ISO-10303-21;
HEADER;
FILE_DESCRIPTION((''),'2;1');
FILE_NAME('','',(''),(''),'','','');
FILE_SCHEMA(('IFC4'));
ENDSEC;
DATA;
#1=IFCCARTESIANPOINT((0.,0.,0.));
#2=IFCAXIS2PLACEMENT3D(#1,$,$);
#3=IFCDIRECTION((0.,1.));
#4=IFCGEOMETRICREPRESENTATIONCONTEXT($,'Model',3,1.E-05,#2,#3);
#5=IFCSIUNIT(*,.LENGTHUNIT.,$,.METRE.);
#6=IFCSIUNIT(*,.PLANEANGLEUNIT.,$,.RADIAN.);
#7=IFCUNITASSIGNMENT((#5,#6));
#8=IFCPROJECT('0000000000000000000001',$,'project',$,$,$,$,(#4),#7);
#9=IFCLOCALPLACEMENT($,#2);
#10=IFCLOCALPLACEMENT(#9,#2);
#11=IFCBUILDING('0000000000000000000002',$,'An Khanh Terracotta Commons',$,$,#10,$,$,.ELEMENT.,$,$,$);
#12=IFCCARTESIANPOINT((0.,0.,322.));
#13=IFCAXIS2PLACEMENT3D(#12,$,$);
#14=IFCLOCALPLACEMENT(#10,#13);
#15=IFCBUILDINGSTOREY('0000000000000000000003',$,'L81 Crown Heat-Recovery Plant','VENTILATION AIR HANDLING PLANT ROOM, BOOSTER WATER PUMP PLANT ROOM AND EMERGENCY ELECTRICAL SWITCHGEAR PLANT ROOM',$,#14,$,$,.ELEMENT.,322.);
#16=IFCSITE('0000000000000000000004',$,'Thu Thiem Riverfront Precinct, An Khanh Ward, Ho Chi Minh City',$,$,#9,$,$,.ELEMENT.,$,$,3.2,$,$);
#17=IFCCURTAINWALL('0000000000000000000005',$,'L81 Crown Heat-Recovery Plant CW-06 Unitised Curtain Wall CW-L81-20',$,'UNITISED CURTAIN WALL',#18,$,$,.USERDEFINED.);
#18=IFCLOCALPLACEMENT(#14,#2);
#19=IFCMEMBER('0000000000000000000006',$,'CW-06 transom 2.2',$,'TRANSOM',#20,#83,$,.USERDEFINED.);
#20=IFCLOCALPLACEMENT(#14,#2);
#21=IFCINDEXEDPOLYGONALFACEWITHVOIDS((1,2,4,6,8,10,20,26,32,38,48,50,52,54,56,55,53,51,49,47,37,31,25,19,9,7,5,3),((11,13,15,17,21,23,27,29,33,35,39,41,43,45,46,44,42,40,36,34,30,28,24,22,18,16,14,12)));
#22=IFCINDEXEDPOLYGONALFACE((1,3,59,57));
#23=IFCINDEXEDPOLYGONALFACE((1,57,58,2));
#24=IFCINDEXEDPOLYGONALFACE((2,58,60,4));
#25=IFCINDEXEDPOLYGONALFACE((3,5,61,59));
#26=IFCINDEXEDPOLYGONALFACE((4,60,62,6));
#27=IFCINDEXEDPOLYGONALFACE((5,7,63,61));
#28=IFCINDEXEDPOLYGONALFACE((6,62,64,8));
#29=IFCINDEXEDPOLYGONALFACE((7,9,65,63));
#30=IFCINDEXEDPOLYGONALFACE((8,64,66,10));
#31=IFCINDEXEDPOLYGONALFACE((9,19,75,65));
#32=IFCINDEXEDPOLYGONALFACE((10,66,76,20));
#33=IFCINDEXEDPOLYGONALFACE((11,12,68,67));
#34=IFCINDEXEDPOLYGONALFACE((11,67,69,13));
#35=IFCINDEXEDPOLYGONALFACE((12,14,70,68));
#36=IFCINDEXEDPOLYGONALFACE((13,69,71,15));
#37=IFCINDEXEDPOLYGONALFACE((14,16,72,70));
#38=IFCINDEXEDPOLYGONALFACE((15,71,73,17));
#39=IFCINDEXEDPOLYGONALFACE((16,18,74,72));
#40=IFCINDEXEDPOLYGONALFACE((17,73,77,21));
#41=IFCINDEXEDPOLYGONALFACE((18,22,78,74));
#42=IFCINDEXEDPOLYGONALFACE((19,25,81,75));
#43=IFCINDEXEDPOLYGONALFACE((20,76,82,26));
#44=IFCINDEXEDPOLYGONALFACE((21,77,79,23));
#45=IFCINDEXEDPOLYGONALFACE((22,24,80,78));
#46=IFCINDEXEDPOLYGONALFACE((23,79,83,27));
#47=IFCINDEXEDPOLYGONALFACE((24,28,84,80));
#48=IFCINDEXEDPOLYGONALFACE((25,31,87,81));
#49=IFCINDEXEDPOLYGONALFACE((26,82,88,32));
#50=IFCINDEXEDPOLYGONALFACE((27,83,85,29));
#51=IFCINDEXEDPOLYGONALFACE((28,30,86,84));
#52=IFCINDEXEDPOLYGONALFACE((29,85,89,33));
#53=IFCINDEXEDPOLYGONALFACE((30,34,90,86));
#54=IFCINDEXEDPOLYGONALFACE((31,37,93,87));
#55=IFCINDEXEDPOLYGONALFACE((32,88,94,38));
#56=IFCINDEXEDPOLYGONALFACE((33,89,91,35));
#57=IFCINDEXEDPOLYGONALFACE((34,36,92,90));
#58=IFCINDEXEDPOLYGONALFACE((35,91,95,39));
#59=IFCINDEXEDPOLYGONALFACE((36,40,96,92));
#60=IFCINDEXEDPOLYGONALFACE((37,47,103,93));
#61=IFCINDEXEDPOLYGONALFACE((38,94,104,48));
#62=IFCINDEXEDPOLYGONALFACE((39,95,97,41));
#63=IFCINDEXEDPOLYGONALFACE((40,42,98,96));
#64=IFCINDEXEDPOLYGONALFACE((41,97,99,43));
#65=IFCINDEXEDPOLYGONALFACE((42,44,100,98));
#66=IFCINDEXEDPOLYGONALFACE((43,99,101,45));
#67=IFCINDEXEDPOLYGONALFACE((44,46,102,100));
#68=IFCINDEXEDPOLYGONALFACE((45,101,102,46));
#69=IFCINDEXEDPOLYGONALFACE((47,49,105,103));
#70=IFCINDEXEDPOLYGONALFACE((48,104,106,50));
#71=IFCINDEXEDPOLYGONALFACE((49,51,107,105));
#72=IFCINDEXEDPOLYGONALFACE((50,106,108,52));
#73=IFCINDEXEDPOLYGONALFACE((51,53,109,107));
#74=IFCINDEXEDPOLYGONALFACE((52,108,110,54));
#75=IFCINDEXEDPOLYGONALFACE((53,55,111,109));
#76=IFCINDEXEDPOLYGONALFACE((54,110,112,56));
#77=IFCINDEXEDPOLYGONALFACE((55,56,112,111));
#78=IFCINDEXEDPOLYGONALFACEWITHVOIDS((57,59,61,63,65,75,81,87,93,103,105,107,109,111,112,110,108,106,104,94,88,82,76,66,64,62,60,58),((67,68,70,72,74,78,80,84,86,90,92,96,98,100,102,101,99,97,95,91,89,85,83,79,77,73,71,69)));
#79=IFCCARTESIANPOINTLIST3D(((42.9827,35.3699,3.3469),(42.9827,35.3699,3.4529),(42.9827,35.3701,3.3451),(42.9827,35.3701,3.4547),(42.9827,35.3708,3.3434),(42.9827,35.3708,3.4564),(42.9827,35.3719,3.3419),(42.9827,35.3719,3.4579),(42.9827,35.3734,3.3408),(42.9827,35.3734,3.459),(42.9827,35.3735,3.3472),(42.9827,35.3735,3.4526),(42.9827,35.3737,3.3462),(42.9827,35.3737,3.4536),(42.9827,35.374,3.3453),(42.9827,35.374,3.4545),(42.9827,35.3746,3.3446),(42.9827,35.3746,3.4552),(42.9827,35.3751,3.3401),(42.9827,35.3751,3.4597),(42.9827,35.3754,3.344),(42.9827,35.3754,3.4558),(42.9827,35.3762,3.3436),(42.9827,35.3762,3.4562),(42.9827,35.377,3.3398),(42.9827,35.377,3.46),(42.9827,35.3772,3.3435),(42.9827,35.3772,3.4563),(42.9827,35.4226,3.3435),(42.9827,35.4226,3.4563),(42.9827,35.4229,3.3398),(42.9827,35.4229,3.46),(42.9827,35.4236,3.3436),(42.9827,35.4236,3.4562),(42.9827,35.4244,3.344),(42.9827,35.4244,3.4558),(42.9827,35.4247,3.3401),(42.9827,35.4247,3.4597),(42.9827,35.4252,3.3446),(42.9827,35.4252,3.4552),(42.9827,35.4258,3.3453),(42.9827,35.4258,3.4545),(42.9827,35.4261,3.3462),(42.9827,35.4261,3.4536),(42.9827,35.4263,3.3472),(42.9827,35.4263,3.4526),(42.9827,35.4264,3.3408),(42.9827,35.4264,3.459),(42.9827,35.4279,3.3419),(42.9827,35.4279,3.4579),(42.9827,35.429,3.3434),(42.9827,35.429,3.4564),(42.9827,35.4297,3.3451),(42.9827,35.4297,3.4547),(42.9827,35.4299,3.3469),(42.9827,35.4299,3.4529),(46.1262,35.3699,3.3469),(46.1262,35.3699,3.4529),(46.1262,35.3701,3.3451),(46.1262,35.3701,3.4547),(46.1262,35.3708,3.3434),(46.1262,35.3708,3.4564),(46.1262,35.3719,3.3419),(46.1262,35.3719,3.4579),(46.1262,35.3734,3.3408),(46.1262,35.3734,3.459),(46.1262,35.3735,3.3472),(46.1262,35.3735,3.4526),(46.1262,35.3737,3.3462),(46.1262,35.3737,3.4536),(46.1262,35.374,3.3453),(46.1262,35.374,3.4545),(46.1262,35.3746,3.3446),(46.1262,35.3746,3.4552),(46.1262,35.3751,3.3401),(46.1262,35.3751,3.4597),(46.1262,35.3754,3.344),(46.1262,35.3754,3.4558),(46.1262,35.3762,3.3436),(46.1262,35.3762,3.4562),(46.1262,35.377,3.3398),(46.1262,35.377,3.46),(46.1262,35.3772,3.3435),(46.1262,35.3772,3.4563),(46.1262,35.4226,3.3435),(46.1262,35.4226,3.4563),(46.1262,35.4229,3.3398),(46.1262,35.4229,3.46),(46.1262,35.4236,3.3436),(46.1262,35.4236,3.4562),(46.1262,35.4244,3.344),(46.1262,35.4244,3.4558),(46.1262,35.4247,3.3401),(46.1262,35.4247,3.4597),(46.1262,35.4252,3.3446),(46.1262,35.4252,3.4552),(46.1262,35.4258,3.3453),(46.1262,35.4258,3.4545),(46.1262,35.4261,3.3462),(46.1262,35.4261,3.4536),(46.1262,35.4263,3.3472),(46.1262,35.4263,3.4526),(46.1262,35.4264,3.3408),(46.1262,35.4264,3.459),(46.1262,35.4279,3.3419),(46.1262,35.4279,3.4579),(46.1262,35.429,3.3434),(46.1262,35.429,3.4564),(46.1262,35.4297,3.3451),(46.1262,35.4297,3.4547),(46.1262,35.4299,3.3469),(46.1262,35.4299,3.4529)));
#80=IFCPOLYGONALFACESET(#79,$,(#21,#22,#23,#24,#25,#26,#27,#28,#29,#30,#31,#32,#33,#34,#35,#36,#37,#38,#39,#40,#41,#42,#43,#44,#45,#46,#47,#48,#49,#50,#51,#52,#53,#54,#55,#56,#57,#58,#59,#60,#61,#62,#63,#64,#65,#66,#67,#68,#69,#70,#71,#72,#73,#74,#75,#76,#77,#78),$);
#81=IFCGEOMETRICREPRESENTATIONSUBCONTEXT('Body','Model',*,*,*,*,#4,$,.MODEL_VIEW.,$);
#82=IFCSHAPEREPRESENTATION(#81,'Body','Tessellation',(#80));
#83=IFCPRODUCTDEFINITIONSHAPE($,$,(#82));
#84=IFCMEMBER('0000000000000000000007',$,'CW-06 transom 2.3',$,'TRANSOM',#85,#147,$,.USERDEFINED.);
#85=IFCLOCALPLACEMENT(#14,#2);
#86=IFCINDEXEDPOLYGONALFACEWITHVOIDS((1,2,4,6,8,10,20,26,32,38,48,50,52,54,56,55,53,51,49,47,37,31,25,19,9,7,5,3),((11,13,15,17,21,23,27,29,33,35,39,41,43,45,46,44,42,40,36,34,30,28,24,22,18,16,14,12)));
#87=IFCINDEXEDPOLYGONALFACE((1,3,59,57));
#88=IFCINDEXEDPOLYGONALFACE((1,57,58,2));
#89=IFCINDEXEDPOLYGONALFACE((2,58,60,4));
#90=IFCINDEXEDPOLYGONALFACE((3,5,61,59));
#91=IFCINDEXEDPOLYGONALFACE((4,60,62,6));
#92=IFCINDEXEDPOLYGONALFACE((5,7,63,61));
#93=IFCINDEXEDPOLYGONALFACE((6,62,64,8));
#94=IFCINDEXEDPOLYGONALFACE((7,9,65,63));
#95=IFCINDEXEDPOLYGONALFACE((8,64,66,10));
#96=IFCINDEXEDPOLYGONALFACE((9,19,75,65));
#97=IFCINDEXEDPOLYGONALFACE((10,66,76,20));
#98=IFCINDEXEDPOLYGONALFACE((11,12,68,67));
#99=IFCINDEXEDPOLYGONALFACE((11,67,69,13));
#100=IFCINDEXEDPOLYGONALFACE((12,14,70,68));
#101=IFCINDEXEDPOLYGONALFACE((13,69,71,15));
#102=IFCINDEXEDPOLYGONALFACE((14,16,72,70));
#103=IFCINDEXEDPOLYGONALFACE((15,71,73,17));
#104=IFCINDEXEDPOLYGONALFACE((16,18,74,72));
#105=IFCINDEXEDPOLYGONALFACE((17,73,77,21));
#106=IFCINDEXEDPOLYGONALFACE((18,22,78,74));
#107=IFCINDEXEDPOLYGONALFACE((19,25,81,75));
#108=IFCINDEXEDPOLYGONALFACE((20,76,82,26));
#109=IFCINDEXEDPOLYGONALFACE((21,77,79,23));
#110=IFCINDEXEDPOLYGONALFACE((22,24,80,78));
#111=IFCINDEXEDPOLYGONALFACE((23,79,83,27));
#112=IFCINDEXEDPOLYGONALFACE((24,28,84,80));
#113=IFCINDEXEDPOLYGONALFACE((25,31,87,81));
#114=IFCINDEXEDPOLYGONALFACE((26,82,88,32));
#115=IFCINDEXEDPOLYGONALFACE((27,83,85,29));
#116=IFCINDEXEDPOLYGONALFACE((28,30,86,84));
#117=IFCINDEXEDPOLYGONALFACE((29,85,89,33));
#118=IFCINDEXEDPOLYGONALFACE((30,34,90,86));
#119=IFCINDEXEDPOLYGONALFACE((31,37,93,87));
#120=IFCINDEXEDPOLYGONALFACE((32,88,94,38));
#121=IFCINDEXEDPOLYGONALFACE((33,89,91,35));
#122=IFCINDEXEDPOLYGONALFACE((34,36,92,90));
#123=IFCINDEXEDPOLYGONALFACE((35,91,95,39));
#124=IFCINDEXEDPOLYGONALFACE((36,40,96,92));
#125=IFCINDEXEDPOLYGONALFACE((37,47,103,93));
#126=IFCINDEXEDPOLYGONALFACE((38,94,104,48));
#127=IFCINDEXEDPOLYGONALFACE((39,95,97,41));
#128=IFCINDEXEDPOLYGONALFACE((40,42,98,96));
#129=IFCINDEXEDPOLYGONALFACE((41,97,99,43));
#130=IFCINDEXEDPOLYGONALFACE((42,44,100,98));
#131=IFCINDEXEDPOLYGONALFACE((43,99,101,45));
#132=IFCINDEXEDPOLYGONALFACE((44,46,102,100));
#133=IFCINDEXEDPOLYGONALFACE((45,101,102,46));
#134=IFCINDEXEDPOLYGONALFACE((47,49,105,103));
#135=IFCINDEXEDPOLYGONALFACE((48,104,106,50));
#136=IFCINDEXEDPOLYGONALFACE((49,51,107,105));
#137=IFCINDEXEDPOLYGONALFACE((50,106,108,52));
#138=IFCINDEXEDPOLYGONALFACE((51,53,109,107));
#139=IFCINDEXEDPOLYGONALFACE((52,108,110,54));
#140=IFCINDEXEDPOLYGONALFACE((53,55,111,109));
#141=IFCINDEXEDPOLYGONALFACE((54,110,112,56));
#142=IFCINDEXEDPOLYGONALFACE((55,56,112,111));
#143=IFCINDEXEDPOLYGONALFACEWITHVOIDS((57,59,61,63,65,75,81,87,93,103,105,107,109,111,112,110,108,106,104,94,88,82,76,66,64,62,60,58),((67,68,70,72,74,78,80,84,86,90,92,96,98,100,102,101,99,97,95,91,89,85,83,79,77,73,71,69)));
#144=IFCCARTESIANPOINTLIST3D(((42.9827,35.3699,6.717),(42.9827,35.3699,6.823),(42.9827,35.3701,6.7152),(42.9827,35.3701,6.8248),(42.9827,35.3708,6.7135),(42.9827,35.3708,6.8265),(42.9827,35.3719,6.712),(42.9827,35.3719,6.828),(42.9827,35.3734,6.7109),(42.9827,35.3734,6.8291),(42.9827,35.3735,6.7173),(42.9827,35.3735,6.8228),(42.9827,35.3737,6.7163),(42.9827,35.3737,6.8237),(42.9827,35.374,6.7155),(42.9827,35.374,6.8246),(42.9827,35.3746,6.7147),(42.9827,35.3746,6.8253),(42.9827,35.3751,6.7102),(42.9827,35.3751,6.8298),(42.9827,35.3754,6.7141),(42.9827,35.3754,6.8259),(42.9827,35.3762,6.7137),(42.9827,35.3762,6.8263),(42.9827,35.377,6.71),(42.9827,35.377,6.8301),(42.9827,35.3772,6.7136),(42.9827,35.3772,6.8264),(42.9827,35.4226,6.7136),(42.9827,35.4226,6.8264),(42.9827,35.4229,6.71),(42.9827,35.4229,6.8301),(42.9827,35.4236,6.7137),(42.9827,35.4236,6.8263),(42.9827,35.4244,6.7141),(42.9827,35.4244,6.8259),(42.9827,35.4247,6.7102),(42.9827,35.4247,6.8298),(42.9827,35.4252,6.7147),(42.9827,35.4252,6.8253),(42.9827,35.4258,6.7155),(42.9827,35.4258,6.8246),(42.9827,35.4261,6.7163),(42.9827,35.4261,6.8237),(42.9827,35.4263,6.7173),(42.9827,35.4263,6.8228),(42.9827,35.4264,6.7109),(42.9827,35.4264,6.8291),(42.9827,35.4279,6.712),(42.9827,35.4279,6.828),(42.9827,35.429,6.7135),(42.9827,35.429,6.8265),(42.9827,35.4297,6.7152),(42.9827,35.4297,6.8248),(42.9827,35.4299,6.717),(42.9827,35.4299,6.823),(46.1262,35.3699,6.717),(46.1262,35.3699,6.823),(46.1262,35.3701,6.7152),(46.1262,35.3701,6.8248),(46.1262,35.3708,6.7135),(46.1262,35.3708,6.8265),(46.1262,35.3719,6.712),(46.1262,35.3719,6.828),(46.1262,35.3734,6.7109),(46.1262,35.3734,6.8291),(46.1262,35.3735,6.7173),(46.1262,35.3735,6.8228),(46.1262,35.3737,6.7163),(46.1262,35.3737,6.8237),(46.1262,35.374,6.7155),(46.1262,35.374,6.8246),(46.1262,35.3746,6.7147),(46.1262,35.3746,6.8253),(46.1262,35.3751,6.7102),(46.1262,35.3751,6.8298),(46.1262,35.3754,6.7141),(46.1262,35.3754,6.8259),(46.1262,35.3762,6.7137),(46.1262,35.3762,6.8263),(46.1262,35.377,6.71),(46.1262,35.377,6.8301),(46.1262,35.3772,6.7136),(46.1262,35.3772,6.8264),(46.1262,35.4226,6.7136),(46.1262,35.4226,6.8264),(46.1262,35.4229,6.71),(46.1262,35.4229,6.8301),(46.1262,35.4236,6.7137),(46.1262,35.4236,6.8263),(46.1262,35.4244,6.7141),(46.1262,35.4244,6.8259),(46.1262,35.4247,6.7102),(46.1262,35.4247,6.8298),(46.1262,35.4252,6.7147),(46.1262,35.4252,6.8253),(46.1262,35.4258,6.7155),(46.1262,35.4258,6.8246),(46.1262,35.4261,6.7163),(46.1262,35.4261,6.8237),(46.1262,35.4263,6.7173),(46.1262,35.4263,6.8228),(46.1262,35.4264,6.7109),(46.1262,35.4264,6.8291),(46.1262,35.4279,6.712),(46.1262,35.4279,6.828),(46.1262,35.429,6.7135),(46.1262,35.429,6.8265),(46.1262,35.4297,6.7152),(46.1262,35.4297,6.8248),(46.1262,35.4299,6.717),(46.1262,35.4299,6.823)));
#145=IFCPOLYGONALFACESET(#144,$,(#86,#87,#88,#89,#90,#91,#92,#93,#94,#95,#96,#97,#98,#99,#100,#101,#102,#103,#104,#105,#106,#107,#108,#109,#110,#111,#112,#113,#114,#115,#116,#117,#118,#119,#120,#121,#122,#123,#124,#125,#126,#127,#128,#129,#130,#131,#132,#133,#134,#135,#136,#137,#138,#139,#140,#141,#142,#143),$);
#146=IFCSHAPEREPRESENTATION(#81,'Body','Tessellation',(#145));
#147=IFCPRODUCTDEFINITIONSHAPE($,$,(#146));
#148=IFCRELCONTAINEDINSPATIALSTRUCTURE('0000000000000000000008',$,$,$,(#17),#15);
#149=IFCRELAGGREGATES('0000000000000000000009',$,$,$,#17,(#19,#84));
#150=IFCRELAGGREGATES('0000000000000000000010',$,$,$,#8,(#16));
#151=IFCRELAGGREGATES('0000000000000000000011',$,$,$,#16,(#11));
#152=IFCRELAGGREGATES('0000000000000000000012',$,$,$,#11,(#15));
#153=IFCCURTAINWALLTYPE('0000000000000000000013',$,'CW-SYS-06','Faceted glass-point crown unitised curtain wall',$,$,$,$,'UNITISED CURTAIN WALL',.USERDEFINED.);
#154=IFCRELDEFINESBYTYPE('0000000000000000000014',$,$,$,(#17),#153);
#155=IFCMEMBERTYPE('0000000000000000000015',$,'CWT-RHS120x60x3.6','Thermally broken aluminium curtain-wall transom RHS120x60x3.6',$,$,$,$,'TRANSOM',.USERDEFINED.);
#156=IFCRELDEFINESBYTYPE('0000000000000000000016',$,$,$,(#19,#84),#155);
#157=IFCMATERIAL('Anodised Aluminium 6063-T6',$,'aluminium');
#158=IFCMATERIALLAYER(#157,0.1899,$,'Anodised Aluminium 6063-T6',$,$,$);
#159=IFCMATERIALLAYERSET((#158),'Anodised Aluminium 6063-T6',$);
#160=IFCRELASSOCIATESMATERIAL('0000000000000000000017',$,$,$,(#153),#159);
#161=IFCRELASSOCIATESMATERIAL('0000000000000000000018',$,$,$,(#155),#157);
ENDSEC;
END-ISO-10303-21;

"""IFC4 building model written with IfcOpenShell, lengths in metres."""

from ifc_helpers import new_model, si_unit, direction, frame, origin, origin_2d, place, context, subcontext, project, spatial, hollow_rectangle, extrude, material, layer, layer_set, material_profile, profile_set, type_object, element, aggregate, save


model = new_model("IFC4")

# Units and contexts
model_context = context("Model", 3, precision=1e-05, world=origin(), true_north=direction((0.0, 1.0)))
body_context = subcontext(model_context, "Body", "Model", "MODEL_VIEW")
ifc_project = project(units=[si_unit("LENGTHUNIT", "METRE"), si_unit("PLANEANGLEUNIT", "RADIAN")], contexts=[model_context])

# Site, building, storey
site_placement = place(None, origin())
site = spatial("IfcSite", under=ifc_project, at=site_placement, Name="Thu Thiem Riverfront Precinct, An Khanh Ward, Ho Chi Minh City", CompositionType="ELEMENT", RefElevation=3.2)
building_placement = place(site_placement, origin())
building = spatial("IfcBuilding", under=site, at=building_placement, Name="An Khanh Terracotta Commons", CompositionType="ELEMENT")
storey_placement = place(building_placement, frame((0.0, 0.0, 322.0)))
storey = spatial("IfcBuildingStorey", under=building, at=storey_placement, Name="L81 Crown Heat-Recovery Plant", Description="VENTILATION AIR HANDLING PLANT ROOM, BOOSTER WATER PUMP PLANT ROOM AND EMERGENCY ELECTRICAL SWITCHGEAR PLANT ROOM", CompositionType="ELEMENT", Elevation=322.0)

# Curtain wall, members
ifc_material_1 = material(Name="Anodised Aluminium 6063-T6", Category="aluminium")
ifc_layer_1 = layer(ifc_material_1, 0.1899, Name="Anodised Aluminium 6063-T6")
ifc_layer_set_1 = layer_set([ifc_layer_1], Name="Anodised Aluminium 6063-T6")
curtain_wall_type = type_object("IfcCurtainWallType", Name="CW-SYS-06", Description="Faceted glass-point crown unitised curtain wall", ElementType="UNITISED CURTAIN WALL", PredefinedType="USERDEFINED", material=ifc_layer_set_1)
curtain_wall_placement = place(storey_placement, origin())
curtain_wall = element("IfcCurtainWall", 1, at=curtain_wall_placement, inside=storey, type_object=curtain_wall_type, Name="L81 Crown Heat-Recovery Plant CW-06 Unitised Curtain Wall CW-L81-20", ObjectType="UNITISED CURTAIN WALL", PredefinedType="USERDEFINED")
ifc_material_profile_1 = material_profile(ifc_material_1, hollow_rectangle(XDim=0.0601, YDim=0.1201, WallThickness=0.0037, InnerFilletRadius=0.0037, OuterFilletRadius=0.0071, at=origin_2d()), Name="RHS120x60x3.6")
ifc_profile_set_1 = profile_set([ifc_material_profile_1], Name="Anodised Aluminium 6063-T6")
member_type_1 = type_object("IfcMemberType", Name="CWT-RHS120x60x3.6", Description="Thermally broken aluminium curtain-wall transom RHS120x60x3.6", ElementType="TRANSOM", PredefinedType="USERDEFINED", material=ifc_profile_set_1)
member_1_placement = place(storey_placement, frame((46.1262, 35.3999, 3.3999), z_axis=(-1.0, 0.0, 0.0), x_axis=(0.0, -1.0, 0.0)))
member_1 = element("IfcMember", 2, at=member_1_placement, type_object=member_type_1, Name="CW-06 transom 2.2", ObjectType="TRANSOM", PredefinedType="USERDEFINED", context=body_context, shape_type="SweptSolid", body=[
    extrude(hollow_rectangle(XDim=0.0601, YDim=0.1201, WallThickness=0.0037, InnerFilletRadius=0.0037, OuterFilletRadius=0.0071, at=origin_2d()), origin(), (0.0, 0.0, 1.0), 3.1436),
])
member_2_placement = place(storey_placement, frame((46.1262, 35.3999, 6.77), z_axis=(-1.0, 0.0, 0.0), x_axis=(0.0, -1.0, 0.0)))
member_2 = element("IfcMember", 3, at=member_2_placement, type_object=member_type_1, Name="CW-06 transom 2.3", ObjectType="TRANSOM", PredefinedType="USERDEFINED", context=body_context, shape_type="SweptSolid", body=[
    extrude(hollow_rectangle(XDim=0.0601, YDim=0.1201, WallThickness=0.0037, InnerFilletRadius=0.0037, OuterFilletRadius=0.0071, at=origin_2d()), origin(), (0.0, 0.0, 1.0), 3.1436),
])

aggregate(curtain_wall, [member_1, member_2])

save(model, "model.ifc")
